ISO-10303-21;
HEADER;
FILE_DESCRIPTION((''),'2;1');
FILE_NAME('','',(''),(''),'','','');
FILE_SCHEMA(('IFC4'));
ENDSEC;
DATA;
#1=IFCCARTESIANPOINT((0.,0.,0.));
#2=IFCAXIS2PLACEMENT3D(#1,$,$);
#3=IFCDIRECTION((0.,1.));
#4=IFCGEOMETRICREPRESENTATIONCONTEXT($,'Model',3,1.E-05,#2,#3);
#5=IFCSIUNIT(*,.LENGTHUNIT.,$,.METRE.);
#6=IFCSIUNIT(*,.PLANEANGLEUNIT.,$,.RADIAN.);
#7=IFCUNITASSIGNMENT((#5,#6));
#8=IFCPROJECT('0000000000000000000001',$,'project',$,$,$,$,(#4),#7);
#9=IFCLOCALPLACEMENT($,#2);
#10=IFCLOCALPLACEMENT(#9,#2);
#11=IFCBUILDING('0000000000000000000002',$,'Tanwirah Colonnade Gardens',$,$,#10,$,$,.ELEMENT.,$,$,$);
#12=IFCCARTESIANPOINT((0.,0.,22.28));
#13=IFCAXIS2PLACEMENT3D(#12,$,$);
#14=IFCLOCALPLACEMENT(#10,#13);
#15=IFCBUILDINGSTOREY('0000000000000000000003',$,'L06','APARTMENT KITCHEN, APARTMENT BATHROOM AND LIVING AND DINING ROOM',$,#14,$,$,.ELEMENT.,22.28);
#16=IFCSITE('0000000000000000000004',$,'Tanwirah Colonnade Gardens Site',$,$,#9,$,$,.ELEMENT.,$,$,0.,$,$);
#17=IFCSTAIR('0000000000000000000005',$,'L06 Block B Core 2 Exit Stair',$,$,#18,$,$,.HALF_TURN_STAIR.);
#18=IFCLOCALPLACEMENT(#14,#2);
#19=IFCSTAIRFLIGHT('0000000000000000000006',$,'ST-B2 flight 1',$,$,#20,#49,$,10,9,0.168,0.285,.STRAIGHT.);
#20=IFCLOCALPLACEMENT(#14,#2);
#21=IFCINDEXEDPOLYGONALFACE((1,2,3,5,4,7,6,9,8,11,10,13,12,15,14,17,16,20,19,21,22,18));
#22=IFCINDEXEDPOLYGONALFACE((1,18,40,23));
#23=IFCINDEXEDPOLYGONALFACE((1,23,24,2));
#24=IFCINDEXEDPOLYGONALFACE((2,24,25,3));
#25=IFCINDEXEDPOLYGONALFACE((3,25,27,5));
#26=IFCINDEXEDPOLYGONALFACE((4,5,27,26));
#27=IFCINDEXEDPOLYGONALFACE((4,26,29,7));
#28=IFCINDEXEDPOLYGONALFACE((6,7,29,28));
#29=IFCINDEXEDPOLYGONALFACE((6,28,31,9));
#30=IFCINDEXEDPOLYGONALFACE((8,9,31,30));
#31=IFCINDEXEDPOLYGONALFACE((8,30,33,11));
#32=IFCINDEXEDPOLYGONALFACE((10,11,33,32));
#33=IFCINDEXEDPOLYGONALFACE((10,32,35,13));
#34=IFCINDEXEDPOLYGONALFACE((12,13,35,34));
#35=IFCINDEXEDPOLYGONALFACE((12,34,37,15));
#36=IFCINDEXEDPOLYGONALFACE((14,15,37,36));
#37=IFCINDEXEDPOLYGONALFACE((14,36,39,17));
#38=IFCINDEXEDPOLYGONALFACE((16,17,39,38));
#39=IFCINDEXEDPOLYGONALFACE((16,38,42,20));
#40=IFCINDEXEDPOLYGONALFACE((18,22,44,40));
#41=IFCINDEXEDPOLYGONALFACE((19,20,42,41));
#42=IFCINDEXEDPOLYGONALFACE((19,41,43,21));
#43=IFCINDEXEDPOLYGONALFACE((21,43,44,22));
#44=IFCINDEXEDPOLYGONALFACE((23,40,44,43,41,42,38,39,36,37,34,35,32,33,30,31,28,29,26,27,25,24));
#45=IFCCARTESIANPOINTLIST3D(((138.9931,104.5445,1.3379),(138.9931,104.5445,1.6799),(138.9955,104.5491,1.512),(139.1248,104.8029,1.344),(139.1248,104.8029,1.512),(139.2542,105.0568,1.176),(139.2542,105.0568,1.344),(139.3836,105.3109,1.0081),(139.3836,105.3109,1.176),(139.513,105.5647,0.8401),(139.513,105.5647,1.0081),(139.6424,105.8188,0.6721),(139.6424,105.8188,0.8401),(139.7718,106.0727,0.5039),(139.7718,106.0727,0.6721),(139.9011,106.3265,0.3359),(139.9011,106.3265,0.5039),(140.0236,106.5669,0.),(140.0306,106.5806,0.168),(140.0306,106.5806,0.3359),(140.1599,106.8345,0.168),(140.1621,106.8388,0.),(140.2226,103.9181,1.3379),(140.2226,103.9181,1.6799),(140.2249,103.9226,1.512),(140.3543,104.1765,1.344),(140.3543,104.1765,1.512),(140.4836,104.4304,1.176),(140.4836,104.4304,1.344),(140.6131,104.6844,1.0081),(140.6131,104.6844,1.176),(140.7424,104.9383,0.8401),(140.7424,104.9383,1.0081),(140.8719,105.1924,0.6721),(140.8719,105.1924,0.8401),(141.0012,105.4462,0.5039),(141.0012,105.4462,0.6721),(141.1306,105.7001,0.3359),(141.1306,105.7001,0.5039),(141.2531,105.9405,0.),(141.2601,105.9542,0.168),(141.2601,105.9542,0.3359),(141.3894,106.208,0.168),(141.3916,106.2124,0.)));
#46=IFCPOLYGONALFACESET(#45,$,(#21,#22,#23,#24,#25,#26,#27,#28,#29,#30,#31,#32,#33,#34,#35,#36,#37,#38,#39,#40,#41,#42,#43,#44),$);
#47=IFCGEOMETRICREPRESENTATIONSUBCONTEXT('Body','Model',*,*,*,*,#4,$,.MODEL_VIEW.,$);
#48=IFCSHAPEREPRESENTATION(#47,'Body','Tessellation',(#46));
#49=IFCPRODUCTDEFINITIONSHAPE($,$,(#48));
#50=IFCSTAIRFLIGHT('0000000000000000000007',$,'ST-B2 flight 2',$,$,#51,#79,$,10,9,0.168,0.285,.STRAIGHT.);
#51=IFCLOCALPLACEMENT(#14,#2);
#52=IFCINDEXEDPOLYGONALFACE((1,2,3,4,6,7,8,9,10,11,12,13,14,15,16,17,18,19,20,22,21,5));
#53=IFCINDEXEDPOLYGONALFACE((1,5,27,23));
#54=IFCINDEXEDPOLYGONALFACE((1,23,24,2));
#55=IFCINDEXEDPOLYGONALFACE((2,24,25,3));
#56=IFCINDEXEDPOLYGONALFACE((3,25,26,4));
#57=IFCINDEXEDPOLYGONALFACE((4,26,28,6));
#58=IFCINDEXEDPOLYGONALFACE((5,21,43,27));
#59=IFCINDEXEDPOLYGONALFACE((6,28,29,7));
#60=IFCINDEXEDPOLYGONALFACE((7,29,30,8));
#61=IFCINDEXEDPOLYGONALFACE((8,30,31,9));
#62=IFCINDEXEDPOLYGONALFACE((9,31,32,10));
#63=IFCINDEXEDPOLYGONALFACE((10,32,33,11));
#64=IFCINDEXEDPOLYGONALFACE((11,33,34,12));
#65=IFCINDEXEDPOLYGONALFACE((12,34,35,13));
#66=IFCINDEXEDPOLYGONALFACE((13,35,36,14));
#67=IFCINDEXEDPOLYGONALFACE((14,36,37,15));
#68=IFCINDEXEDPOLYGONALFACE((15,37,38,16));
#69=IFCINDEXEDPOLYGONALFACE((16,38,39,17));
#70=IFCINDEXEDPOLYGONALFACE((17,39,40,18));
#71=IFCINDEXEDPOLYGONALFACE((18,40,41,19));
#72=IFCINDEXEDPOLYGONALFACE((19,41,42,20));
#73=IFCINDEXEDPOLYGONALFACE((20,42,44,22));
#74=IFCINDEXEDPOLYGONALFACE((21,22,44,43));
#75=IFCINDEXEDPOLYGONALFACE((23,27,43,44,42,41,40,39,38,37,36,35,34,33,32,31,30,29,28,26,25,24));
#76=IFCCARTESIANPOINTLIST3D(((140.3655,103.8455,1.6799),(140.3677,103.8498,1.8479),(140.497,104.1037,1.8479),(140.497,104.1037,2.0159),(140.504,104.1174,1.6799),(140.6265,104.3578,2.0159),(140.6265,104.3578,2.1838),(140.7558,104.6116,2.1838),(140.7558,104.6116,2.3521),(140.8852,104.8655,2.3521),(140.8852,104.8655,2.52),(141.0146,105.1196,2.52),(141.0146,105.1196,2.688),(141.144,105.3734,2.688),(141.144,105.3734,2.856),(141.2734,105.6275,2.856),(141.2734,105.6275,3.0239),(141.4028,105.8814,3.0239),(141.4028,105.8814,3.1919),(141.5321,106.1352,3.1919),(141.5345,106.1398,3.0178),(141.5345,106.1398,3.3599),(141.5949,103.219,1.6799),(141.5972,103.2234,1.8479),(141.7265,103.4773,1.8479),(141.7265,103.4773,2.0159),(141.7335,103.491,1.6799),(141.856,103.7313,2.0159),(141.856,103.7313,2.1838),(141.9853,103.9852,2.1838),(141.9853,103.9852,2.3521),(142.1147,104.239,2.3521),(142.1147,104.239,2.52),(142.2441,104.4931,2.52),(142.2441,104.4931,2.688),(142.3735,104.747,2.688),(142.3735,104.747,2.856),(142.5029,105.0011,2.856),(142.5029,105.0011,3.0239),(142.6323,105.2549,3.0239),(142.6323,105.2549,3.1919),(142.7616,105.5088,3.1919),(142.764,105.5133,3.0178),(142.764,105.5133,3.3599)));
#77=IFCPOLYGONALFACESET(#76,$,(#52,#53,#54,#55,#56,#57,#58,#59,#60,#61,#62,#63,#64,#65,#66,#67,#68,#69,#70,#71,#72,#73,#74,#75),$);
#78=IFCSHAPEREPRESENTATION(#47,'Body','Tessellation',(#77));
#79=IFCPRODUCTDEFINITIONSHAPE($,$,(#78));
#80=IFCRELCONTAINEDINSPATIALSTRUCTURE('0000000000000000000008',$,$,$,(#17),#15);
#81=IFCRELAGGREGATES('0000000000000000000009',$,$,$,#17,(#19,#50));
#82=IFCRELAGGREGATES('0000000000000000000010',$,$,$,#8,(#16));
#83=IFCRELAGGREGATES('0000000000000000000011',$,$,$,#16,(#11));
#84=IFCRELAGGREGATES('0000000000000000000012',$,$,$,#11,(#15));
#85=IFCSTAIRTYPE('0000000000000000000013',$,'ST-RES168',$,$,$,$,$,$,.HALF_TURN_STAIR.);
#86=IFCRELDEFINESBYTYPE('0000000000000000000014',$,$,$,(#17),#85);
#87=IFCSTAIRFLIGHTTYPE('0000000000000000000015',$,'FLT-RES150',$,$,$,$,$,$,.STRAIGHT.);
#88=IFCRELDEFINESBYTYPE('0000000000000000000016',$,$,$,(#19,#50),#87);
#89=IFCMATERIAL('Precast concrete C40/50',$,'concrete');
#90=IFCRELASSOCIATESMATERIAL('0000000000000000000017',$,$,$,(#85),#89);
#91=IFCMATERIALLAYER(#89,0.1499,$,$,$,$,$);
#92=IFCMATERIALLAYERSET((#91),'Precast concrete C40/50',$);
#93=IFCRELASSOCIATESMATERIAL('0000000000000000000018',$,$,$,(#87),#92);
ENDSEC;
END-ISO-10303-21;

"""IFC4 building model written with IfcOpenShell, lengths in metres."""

from ifc_helpers import new_model, si_unit, direction, frame, origin, place, context, subcontext, project, spatial, polyline, outline, extrude, material, layer, layer_set, type_object, element, aggregate, save


model = new_model("IFC4")

# Units and contexts
model_context = context("Model", 3, precision=1e-05, world=origin(), true_north=direction((0.0, 1.0)))
body_context = subcontext(model_context, "Body", "Model", "MODEL_VIEW")
ifc_project = project(units=[si_unit("LENGTHUNIT", "METRE"), si_unit("PLANEANGLEUNIT", "RADIAN")], contexts=[model_context])

# Site, building, storey
site_placement = place(None, origin())
site = spatial("IfcSite", under=ifc_project, at=site_placement, Name="Tanwirah Colonnade Gardens Site", CompositionType="ELEMENT", RefElevation=0.0)
building_placement = place(site_placement, origin())
building = spatial("IfcBuilding", under=site, at=building_placement, Name="Tanwirah Colonnade Gardens", CompositionType="ELEMENT")
storey_placement = place(building_placement, frame((0.0, 0.0, 22.28)))
storey = spatial("IfcBuildingStorey", under=building, at=storey_placement, Name="L06", Description="APARTMENT KITCHEN, APARTMENT BATHROOM AND LIVING AND DINING ROOM", CompositionType="ELEMENT", Elevation=22.28)

# Shared definitions
ifc_material_1 = material(Name="Precast concrete C40/50", Category="concrete")

# Stair, stair flights
stair_type = type_object("IfcStairType", Name="ST-RES168", PredefinedType="HALF_TURN_STAIR", material=ifc_material_1)
stair_placement = place(storey_placement, origin())
stair = element("IfcStair", 1, at=stair_placement, inside=storey, type_object=stair_type, Name="L06 Block B Core 2 Exit Stair", PredefinedType="HALF_TURN_STAIR")
ifc_layer_1 = layer(ifc_material_1, 0.1499)
ifc_layer_set_1 = layer_set([ifc_layer_1], Name="Precast concrete C40/50")
stair_flight_type = type_object("IfcStairFlightType", Name="FLT-RES150", PredefinedType="STRAIGHT", material=ifc_layer_set_1)
stair_flight_1_placement = place(storey_placement, frame((140.7747, 106.5212, 0.0), z_axis=(0.0, 0.0, 1.0), x_axis=(-0.45399, -0.891007, 0.0)))
stair_flight_1 = element("IfcStairFlight", 2, at=stair_flight_1_placement, type_object=stair_flight_type, Name="ST-B2 flight 1", NumberOfRisers=10, NumberOfTreads=9, PredefinedType="STRAIGHT", RiserHeight=0.168, TreadLength=0.285, context=body_context, shape_type="SweptSolid", body=[
    extrude(outline(polyline([(-0.0049, 0.0), (0.0, 0.168), (0.2849, 0.168), (0.2849, 0.3359), (0.5701, 0.3359), (0.5701, 0.5039), (0.855, 0.5039), (0.855, 0.6721), (1.1399, 0.6721), (1.1399, 0.8401), (1.425, 0.8401), (1.425, 1.0081), (1.71, 1.0081), (1.71, 1.176), (1.9951, 1.176), (1.9951, 1.344), (2.28, 1.344), (2.28, 1.512), (2.5649, 1.512), (2.5701, 1.6799), (2.5701, 1.3379), (0.3003, 0.0), (-0.0049, 0.0)])), frame((0.0, 0.6899, 0.0), z_axis=(0.0, -1.0, 0.0), x_axis=(1.0, 0.0, 0.0)), (0.0, 0.0, 1.0), 1.3799),
])
stair_flight_2_placement = place(storey_placement, frame((140.9824, 103.5366, 1.6799), z_axis=(0.0, 0.0, 1.0), x_axis=(0.45399, 0.891007, 0.0)))
stair_flight_2 = element("IfcStairFlight", 3, at=stair_flight_2_placement, type_object=stair_flight_type, Name="ST-B2 flight 2", NumberOfRisers=10, NumberOfTreads=9, PredefinedType="STRAIGHT", RiserHeight=0.168, TreadLength=0.285, context=body_context, shape_type="SweptSolid", body=[
    extrude(outline(polyline([(-0.0049, 0.0), (0.0, 0.168), (0.2849, 0.168), (0.2849, 0.3359), (0.5701, 0.3359), (0.5701, 0.5039), (0.855, 0.5039), (0.855, 0.6721), (1.1399, 0.6721), (1.1399, 0.8401), (1.425, 0.8401), (1.425, 1.0081), (1.71, 1.0081), (1.71, 1.176), (1.9951, 1.176), (1.9951, 1.344), (2.28, 1.344), (2.28, 1.512), (2.5649, 1.512), (2.5701, 1.6799), (2.5701, 1.3379), (0.3003, 0.0), (-0.0049, 0.0)])), frame((0.0, 0.6899, 0.0), z_axis=(0.0, -1.0, 0.0), x_axis=(1.0, 0.0, 0.0)), (0.0, 0.0, 1.0), 1.3799),
])
aggregate(stair, [stair_flight_1, stair_flight_2])

save(model, "model.ifc")
